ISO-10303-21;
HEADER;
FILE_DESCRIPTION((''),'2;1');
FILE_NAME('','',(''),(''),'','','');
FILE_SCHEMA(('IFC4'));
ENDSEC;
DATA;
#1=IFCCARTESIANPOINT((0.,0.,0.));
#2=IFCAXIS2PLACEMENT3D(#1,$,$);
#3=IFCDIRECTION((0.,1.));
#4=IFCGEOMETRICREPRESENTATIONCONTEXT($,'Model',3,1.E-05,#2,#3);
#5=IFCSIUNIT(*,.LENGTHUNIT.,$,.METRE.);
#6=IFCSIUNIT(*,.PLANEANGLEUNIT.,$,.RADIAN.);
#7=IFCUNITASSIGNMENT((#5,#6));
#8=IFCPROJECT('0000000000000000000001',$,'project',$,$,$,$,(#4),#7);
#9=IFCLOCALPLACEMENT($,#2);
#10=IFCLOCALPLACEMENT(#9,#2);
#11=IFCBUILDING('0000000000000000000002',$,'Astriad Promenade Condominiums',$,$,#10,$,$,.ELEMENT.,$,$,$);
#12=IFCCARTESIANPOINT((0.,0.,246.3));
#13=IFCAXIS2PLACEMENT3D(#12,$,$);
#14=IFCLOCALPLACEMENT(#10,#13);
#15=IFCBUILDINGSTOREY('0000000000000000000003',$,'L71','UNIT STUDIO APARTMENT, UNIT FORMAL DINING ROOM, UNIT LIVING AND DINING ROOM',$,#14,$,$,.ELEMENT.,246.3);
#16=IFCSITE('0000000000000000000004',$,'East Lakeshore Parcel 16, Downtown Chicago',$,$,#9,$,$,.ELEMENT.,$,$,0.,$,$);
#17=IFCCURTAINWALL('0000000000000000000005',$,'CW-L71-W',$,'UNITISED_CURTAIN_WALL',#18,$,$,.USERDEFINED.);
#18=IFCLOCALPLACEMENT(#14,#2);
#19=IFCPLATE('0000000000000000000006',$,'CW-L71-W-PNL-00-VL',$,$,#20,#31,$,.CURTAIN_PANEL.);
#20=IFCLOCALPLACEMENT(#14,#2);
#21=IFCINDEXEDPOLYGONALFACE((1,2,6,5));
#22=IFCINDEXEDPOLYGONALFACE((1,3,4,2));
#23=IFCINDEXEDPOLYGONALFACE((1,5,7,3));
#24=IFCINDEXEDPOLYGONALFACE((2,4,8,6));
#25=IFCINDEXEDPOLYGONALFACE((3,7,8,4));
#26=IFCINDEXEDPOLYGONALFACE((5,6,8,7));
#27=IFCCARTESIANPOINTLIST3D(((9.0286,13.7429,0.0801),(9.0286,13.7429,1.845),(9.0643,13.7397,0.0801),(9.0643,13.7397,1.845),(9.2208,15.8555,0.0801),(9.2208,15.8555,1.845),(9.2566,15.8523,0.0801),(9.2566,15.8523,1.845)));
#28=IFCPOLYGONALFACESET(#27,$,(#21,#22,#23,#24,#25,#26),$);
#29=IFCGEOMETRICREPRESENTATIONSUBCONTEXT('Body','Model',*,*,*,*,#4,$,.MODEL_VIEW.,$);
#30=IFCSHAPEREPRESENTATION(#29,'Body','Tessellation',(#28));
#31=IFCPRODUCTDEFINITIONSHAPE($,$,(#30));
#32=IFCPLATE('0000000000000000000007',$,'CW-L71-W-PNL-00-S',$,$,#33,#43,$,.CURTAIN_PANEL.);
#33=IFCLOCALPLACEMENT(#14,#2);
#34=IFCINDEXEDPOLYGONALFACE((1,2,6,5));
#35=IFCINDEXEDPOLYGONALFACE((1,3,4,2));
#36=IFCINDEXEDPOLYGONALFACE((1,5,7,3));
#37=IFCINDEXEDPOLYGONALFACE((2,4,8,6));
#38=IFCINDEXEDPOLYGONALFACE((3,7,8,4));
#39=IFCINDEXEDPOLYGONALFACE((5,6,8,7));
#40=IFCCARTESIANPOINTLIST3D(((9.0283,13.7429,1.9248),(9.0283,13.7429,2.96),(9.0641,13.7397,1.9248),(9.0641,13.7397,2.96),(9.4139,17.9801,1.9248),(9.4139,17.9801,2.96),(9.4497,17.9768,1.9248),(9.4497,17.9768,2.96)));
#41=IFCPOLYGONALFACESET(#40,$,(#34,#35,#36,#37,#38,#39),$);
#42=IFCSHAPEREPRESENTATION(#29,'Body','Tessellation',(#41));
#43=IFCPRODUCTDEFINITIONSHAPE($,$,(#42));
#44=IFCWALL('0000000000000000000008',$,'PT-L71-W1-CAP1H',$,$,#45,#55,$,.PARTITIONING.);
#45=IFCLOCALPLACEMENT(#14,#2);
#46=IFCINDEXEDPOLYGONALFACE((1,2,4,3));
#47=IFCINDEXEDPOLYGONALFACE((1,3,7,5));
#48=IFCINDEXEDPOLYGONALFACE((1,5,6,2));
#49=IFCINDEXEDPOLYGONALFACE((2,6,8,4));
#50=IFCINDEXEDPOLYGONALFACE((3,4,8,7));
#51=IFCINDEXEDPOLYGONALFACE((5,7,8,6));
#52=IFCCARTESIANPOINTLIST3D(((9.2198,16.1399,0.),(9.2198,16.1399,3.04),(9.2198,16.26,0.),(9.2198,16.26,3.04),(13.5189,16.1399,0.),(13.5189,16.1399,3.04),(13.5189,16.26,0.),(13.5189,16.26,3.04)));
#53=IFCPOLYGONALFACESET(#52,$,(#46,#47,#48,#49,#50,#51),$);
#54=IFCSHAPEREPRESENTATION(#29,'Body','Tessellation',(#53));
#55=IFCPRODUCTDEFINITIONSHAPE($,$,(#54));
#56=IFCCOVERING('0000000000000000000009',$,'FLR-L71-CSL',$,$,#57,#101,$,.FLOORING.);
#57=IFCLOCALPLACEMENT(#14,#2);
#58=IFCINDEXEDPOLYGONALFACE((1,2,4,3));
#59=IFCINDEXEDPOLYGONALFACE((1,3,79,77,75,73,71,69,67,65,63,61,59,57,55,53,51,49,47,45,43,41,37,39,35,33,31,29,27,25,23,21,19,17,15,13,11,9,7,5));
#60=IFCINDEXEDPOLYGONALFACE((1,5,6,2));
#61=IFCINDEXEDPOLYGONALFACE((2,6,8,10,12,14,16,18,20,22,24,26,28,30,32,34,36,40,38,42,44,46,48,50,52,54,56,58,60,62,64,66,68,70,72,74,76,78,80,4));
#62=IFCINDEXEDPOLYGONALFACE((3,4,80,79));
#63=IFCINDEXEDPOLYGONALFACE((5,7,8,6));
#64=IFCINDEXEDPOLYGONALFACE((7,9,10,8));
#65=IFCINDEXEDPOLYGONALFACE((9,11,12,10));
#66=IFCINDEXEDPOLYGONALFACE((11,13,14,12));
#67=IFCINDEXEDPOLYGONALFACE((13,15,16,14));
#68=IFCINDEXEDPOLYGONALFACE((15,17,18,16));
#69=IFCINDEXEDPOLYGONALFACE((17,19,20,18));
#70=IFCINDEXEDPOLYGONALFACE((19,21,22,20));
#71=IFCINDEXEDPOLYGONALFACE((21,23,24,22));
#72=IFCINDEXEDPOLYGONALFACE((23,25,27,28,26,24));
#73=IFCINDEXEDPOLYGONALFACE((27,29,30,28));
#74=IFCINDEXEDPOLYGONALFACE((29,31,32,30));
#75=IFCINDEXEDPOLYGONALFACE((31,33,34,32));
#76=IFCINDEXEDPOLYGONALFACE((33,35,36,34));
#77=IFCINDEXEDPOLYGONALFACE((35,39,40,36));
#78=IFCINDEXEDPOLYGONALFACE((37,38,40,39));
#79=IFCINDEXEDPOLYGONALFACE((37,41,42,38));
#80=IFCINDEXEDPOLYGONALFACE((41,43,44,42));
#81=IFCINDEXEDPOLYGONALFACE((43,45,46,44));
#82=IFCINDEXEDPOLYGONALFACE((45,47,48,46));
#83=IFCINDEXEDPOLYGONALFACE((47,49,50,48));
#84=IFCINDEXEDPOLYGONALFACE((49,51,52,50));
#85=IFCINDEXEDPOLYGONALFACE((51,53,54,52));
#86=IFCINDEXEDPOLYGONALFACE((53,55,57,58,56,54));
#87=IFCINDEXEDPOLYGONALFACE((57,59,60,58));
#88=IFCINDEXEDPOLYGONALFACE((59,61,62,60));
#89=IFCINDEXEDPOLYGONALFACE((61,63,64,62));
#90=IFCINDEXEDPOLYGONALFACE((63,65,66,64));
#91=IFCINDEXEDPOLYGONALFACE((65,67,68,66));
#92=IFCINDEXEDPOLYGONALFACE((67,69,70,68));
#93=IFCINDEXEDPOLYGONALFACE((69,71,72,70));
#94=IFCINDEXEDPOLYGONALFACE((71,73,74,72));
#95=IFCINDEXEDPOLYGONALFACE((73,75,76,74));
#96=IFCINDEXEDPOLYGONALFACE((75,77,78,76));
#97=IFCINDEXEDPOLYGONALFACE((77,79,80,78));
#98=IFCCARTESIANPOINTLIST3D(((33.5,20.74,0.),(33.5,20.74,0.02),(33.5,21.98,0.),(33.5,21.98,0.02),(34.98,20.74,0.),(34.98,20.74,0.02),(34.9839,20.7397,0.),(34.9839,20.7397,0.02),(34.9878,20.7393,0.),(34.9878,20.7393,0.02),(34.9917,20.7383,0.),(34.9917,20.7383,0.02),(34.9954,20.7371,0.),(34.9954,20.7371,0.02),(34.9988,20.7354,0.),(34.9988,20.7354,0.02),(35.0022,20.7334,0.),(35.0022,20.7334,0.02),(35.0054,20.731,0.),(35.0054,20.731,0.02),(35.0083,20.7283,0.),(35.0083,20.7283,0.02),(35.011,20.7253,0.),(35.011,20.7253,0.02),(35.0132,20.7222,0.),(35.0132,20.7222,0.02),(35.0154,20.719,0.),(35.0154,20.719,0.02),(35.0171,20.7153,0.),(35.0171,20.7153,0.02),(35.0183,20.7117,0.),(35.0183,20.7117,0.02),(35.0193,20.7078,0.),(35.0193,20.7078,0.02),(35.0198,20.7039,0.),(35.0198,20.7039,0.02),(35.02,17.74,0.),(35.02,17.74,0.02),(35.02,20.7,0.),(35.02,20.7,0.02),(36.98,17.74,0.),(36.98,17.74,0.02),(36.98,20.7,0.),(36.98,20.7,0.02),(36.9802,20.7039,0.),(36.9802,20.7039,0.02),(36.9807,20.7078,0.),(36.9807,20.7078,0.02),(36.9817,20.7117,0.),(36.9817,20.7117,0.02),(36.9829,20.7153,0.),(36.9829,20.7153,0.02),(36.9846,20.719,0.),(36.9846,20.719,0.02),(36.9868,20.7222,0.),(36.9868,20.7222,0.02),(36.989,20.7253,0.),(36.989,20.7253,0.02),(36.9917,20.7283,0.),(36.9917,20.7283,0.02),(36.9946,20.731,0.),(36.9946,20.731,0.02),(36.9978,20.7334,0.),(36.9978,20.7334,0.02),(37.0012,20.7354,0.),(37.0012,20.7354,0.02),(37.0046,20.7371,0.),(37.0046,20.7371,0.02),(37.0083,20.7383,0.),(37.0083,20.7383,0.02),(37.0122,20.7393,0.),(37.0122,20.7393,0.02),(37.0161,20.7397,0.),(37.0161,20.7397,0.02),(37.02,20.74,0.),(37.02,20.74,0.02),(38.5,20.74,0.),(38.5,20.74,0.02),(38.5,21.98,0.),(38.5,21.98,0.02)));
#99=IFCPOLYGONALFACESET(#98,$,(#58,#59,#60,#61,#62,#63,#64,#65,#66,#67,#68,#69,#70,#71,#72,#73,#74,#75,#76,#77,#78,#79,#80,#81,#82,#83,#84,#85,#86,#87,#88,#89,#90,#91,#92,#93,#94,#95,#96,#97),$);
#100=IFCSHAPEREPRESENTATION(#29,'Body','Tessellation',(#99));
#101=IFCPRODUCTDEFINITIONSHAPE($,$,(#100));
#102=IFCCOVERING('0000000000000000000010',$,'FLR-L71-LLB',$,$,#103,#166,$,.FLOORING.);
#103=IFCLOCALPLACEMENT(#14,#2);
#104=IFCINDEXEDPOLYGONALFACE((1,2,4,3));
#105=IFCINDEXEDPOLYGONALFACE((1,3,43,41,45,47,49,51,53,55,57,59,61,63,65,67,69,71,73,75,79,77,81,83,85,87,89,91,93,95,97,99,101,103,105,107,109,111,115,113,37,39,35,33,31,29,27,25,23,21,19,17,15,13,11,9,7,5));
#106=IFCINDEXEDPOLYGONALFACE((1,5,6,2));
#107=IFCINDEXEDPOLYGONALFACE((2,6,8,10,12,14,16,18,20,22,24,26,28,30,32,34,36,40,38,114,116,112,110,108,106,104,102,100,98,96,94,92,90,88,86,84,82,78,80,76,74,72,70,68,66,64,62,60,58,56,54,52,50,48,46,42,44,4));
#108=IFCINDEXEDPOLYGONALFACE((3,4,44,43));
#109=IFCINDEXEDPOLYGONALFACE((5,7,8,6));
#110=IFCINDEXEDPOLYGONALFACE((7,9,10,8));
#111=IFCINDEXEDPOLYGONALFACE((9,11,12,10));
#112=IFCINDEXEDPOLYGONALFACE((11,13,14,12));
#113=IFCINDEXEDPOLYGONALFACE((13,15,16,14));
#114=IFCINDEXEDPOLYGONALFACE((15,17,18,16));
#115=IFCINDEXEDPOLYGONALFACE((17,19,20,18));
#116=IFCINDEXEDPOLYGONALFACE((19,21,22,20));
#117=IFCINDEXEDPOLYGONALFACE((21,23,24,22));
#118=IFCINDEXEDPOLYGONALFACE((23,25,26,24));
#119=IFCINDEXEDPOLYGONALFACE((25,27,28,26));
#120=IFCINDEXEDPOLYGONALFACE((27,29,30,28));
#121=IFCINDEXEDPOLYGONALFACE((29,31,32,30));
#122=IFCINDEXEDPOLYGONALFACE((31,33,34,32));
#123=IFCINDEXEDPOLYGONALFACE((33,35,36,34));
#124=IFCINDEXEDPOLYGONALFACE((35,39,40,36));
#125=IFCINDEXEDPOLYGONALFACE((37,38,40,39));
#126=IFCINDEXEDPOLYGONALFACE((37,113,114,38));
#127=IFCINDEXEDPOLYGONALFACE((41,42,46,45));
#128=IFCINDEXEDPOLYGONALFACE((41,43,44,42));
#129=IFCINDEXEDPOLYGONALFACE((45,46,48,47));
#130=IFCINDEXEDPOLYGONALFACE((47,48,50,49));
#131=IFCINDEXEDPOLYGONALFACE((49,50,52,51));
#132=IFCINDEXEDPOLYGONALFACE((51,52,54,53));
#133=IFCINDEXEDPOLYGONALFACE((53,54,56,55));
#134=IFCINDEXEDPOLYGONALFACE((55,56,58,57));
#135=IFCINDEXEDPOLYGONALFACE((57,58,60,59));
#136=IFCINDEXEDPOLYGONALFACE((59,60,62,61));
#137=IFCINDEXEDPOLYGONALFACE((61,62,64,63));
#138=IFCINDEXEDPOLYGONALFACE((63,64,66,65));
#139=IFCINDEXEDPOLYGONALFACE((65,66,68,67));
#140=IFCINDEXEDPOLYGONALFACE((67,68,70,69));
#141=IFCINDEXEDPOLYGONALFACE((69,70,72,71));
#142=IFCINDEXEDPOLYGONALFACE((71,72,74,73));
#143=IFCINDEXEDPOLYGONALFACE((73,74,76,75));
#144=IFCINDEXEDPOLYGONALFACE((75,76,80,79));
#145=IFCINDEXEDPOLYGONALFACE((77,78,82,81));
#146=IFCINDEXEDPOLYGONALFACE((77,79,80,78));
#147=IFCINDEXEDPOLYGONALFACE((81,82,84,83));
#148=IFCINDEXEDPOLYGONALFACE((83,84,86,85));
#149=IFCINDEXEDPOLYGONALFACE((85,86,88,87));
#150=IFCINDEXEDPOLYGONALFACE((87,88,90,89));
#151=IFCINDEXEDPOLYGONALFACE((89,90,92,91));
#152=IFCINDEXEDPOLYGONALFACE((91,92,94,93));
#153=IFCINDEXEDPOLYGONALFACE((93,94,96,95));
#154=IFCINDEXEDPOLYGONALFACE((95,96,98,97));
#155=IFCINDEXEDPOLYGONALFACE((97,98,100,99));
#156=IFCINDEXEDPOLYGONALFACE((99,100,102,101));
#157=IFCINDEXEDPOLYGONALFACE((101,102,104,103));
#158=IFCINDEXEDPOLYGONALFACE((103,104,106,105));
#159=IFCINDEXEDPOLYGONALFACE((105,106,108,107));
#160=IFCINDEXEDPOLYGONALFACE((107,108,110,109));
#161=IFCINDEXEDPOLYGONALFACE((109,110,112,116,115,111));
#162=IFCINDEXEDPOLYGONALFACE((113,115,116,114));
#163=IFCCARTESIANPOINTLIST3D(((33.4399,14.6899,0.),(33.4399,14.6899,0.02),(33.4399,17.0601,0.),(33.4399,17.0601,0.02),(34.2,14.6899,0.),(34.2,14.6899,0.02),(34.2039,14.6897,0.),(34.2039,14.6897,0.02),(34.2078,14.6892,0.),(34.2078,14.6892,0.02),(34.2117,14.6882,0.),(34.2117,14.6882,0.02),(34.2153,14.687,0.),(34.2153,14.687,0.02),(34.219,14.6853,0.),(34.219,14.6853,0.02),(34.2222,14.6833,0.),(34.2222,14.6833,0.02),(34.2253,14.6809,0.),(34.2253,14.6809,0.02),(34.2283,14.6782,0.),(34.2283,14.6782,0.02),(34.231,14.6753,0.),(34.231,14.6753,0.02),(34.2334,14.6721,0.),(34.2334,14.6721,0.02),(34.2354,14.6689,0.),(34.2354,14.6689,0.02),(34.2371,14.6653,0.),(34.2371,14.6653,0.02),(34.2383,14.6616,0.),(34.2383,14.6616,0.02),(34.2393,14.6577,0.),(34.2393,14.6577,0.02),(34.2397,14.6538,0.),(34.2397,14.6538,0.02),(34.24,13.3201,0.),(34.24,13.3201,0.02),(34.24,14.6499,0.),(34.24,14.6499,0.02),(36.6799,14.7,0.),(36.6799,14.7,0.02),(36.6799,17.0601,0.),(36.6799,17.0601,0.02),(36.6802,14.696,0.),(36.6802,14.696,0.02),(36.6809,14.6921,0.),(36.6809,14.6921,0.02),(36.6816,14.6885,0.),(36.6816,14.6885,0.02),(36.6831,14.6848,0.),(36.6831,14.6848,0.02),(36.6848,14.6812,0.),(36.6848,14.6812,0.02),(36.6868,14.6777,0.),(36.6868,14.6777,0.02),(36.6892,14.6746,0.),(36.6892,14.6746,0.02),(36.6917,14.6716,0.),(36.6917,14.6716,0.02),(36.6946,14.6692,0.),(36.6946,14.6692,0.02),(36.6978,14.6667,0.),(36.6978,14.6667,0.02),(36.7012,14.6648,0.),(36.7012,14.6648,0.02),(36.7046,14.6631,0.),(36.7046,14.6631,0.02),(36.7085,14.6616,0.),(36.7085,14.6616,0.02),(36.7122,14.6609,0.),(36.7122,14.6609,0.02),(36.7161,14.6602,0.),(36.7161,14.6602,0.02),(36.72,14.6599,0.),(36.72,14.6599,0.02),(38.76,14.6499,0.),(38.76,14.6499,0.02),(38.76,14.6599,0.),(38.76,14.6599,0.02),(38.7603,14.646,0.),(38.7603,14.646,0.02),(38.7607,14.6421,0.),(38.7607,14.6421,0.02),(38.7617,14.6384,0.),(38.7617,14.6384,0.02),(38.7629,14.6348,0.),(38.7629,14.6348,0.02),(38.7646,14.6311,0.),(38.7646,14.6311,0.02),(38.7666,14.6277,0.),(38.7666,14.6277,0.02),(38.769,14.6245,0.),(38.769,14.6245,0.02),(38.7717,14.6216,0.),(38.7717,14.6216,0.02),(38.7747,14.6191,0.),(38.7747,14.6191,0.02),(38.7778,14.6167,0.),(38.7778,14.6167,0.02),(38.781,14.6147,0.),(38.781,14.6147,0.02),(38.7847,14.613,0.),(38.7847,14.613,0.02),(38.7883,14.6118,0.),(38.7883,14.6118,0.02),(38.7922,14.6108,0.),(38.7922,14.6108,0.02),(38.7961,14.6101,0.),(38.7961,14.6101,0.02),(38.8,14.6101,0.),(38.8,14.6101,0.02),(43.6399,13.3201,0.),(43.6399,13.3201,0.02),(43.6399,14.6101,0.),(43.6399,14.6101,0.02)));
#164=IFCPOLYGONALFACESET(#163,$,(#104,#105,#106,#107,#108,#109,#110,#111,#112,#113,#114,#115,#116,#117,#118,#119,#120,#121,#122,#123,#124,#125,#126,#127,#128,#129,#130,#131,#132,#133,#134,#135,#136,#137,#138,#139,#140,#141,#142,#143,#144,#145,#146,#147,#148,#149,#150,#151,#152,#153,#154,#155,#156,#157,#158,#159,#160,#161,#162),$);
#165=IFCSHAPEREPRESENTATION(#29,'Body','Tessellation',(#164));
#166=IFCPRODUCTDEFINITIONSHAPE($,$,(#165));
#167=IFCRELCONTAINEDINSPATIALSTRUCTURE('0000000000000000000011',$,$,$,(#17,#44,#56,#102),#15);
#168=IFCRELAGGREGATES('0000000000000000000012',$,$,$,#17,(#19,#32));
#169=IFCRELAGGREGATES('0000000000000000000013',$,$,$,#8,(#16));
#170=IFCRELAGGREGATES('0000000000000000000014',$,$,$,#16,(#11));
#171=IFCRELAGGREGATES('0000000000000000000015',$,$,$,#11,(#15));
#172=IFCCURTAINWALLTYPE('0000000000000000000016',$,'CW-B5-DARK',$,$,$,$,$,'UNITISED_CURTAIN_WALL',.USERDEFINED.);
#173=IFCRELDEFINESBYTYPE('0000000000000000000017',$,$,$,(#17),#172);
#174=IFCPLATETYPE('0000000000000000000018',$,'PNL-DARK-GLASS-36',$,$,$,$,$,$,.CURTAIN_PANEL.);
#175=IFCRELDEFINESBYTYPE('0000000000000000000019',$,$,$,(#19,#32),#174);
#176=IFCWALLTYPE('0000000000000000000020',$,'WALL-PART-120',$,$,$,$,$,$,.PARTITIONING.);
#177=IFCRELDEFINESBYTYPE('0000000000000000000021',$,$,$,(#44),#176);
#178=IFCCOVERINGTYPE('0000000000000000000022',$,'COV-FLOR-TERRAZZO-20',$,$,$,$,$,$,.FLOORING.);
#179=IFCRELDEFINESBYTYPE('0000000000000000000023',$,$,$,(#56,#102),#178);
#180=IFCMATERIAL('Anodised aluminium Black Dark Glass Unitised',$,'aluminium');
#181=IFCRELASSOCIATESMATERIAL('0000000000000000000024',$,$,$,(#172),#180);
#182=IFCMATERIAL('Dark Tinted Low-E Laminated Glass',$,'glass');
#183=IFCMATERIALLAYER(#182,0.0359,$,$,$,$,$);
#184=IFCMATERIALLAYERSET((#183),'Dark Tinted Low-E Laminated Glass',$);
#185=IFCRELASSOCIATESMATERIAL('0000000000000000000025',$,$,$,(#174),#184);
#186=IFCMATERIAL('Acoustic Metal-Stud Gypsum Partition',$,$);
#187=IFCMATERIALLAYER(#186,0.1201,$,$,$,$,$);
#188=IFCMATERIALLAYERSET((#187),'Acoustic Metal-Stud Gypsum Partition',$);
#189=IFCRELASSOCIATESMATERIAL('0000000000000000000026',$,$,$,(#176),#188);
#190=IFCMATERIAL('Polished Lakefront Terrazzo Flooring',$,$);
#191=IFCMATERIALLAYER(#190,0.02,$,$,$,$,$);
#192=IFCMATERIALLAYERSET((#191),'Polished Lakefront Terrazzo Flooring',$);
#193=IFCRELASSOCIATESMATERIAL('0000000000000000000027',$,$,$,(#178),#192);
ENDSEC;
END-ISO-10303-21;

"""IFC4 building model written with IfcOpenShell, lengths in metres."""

from ifc_helpers import new_model, si_unit, direction, frame, frame_2d, origin, origin_2d, place, context, subcontext, project, spatial, polyline, rectangle, outline, extrude, source, transform, mapped, material, layer, layer_set, type_object, type_shapes, element, aggregate, save


model = new_model("IFC4")

# Units and contexts
model_context = context("Model", 3, precision=1e-05, world=origin(), true_north=direction((0.0, 1.0)))
body_context = subcontext(model_context, "Body", "Model", "MODEL_VIEW")
ifc_project = project(units=[si_unit("LENGTHUNIT", "METRE"), si_unit("PLANEANGLEUNIT", "RADIAN")], contexts=[model_context])

# Site, building, storey
site_placement = place(None, origin())
site = spatial("IfcSite", under=ifc_project, at=site_placement, Name="East Lakeshore Parcel 16, Downtown Chicago", CompositionType="ELEMENT", RefElevation=0.0)
building_placement = place(site_placement, origin())
building = spatial("IfcBuilding", under=site, at=building_placement, Name="Astriad Promenade Condominiums", CompositionType="ELEMENT")
storey_placement = place(building_placement, frame((0.0, 0.0, 246.3)))
storey = spatial("IfcBuildingStorey", under=building, at=storey_placement, Name="L71", Description="UNIT STUDIO APARTMENT, UNIT FORMAL DINING ROOM, UNIT LIVING AND DINING ROOM", CompositionType="ELEMENT", Elevation=246.3)

# Curtain wall
ifc_material_1 = material(Name="Anodised aluminium Black Dark Glass Unitised", Category="aluminium")
curtain_wall_type = type_object("IfcCurtainWallType", Name="CW-B5-DARK", ElementType="UNITISED_CURTAIN_WALL", PredefinedType="USERDEFINED", material=ifc_material_1)
curtain_wall_placement = place(storey_placement, origin())
curtain_wall = element("IfcCurtainWall", 1, at=curtain_wall_placement, inside=storey, type_object=curtain_wall_type, Name="CW-L71-W", ObjectType="UNITISED_CURTAIN_WALL", PredefinedType="USERDEFINED")

# Plates
ifc_material_2 = material(Name="Dark Tinted Low-E Laminated Glass", Category="glass")
ifc_layer_1 = layer(ifc_material_2, 0.0359)
ifc_layer_set_1 = layer_set([ifc_layer_1], Name="Dark Tinted Low-E Laminated Glass")
plate_type = type_object("IfcPlateType", Name="PNL-DARK-GLASS-36", PredefinedType="CURTAIN_PANEL", material=ifc_layer_set_1)
shared_shape_1 = source(origin(), body_context, "Body", "SweptSolid", [
    extrude(rectangle(XDim=2.1213, YDim=0.0359, at=origin_2d()), origin(), (0.0, 0.0, 1.0), 1.7649),
])
plate_1_placement = place(storey_placement, frame((9.1426, 14.7976, 0.0801), z_axis=(0.0, 0.0, 1.0), x_axis=(0.090633, 0.995884, 0.0)))
plate_1 = element("IfcPlate", 2, at=plate_1_placement, type_object=plate_type, Name="CW-L71-W-PNL-00-VL", PredefinedType="CURTAIN_PANEL", context=body_context, shape_type="MappedRepresentation", body=[
    mapped(shared_shape_1, transform((0.0, 0.0, 0.0), scale=1.0)),
])
shared_shape_2 = source(origin(), body_context, "Body", "SweptSolid", [
    extrude(rectangle(XDim=4.2546, YDim=0.0359, at=origin_2d()), origin(), (0.0, 0.0, 1.0), 1.0352),
])
type_shapes(plate_type, [shared_shape_1, shared_shape_2])
plate_2_placement = place(storey_placement, frame((9.239, 15.8599, 1.9248), z_axis=(0.0, 0.0, 1.0), x_axis=(0.090633, 0.995884, 0.0)))
plate_2 = element("IfcPlate", 3, at=plate_2_placement, type_object=plate_type, Name="CW-L71-W-PNL-00-S", PredefinedType="CURTAIN_PANEL", context=body_context, shape_type="MappedRepresentation", body=[
    mapped(shared_shape_2, transform((0.0, 0.0, 0.0), scale=1.0)),
])
aggregate(curtain_wall, [plate_1, plate_2])

# Wall
ifc_material_3 = material(Name="Acoustic Metal-Stud Gypsum Partition")
ifc_layer_2 = layer(ifc_material_3, 0.1201)
ifc_layer_set_2 = layer_set([ifc_layer_2], Name="Acoustic Metal-Stud Gypsum Partition")
wall_type = type_object("IfcWallType", Name="WALL-PART-120", PredefinedType="PARTITIONING", material=ifc_layer_set_2)
wall_placement = place(storey_placement, frame((9.22, 16.2, 0.0), z_axis=(0.0, 0.0, 1.0), x_axis=(1.0, 0.0, 0.0)))
element("IfcWall", 4, at=wall_placement, inside=storey, type_object=wall_type, Name="PT-L71-W1-CAP1H", PredefinedType="PARTITIONING", context=body_context, shape_type="SweptSolid", body=[
    extrude(rectangle(XDim=4.2991, YDim=0.1201, at=frame_2d((2.1494, 0.0))), origin(), (0.0, 0.0, 1.0), 3.04),
])

# Coverings
ifc_material_4 = material(Name="Polished Lakefront Terrazzo Flooring")
ifc_layer_3 = layer(ifc_material_4, 0.02)
ifc_layer_set_3 = layer_set([ifc_layer_3], Name="Polished Lakefront Terrazzo Flooring")
covering_type = type_object("IfcCoveringType", Name="COV-FLOR-TERRAZZO-20", PredefinedType="FLOORING", material=ifc_layer_set_3)
covering_1_placement = place(storey_placement, origin())
element("IfcCovering", 5, at=covering_1_placement, inside=storey, type_object=covering_type, Name="FLR-L71-CSL", PredefinedType="FLOORING", context=body_context, shape_type="SweptSolid", body=[
    extrude(outline(polyline([(36.98, 20.7), (36.98, 17.74), (35.02, 17.74), (35.02, 20.7), (35.0198, 20.7039), (35.0193, 20.7078), (35.0183, 20.7117), (35.0171, 20.7153), (35.0154, 20.719), (35.0132, 20.7222), (35.011, 20.7253), (35.0083, 20.7283), (35.0054, 20.731), (35.0022, 20.7334), (34.9988, 20.7354), (34.9954, 20.7371), (34.9917, 20.7383), (34.9878, 20.7393), (34.9839, 20.7397), (34.98, 20.74), (33.5, 20.74), (33.5, 21.98), (38.5, 21.98), (38.5, 20.74), (37.02, 20.74), (37.0161, 20.7397), (37.0122, 20.7393), (37.0083, 20.7383), (37.0046, 20.7371), (37.0012, 20.7354), (36.9978, 20.7334), (36.9946, 20.731), (36.9917, 20.7283), (36.989, 20.7253), (36.9868, 20.7222), (36.9846, 20.719), (36.9829, 20.7153), (36.9817, 20.7117), (36.9807, 20.7078), (36.9802, 20.7039), (36.98, 20.7)])), origin(), (0.0, 0.0, 1.0), 0.02),
])
covering_2_placement = place(storey_placement, origin())
element("IfcCovering", 6, at=covering_2_placement, inside=storey, type_object=covering_type, Name="FLR-L71-LLB", PredefinedType="FLOORING", context=body_context, shape_type="SweptSolid", body=[
    extrude(outline(polyline([(43.6399, 14.6101), (43.6399, 13.3201), (34.24, 13.3201), (34.24, 14.6499), (34.2397, 14.6538), (34.2393, 14.6577), (34.2383, 14.6616), (34.2371, 14.6653), (34.2354, 14.6689), (34.2334, 14.6721), (34.231, 14.6753), (34.2283, 14.6782), (34.2253, 14.6809), (34.2222, 14.6833), (34.219, 14.6853), (34.2153, 14.687), (34.2117, 14.6882), (34.2078, 14.6892), (34.2039, 14.6897), (34.2, 14.6899), (33.4399, 14.6899), (33.4399, 17.0601), (36.6799, 17.0601), (36.6799, 14.7), (36.6802, 14.696), (36.6809, 14.6921), (36.6816, 14.6885), (36.6831, 14.6848), (36.6848, 14.6812), (36.6868, 14.6777), (36.6892, 14.6746), (36.6917, 14.6716), (36.6946, 14.6692), (36.6978, 14.6667), (36.7012, 14.6648), (36.7046, 14.6631), (36.7085, 14.6616), (36.7122, 14.6609), (36.7161, 14.6602), (36.72, 14.6599), (38.76, 14.6599), (38.76, 14.6499), (38.7603, 14.646), (38.7607, 14.6421), (38.7617, 14.6384), (38.7629, 14.6348), (38.7646, 14.6311), (38.7666, 14.6277), (38.769, 14.6245), (38.7717, 14.6216), (38.7747, 14.6191), (38.7778, 14.6167), (38.781, 14.6147), (38.7847, 14.613), (38.7883, 14.6118), (38.7922, 14.6108), (38.7961, 14.6101), (38.8, 14.6101), (43.6399, 14.6101)])), origin(), (0.0, 0.0, 1.0), 0.02),
])

save(model, "model.ifc")
